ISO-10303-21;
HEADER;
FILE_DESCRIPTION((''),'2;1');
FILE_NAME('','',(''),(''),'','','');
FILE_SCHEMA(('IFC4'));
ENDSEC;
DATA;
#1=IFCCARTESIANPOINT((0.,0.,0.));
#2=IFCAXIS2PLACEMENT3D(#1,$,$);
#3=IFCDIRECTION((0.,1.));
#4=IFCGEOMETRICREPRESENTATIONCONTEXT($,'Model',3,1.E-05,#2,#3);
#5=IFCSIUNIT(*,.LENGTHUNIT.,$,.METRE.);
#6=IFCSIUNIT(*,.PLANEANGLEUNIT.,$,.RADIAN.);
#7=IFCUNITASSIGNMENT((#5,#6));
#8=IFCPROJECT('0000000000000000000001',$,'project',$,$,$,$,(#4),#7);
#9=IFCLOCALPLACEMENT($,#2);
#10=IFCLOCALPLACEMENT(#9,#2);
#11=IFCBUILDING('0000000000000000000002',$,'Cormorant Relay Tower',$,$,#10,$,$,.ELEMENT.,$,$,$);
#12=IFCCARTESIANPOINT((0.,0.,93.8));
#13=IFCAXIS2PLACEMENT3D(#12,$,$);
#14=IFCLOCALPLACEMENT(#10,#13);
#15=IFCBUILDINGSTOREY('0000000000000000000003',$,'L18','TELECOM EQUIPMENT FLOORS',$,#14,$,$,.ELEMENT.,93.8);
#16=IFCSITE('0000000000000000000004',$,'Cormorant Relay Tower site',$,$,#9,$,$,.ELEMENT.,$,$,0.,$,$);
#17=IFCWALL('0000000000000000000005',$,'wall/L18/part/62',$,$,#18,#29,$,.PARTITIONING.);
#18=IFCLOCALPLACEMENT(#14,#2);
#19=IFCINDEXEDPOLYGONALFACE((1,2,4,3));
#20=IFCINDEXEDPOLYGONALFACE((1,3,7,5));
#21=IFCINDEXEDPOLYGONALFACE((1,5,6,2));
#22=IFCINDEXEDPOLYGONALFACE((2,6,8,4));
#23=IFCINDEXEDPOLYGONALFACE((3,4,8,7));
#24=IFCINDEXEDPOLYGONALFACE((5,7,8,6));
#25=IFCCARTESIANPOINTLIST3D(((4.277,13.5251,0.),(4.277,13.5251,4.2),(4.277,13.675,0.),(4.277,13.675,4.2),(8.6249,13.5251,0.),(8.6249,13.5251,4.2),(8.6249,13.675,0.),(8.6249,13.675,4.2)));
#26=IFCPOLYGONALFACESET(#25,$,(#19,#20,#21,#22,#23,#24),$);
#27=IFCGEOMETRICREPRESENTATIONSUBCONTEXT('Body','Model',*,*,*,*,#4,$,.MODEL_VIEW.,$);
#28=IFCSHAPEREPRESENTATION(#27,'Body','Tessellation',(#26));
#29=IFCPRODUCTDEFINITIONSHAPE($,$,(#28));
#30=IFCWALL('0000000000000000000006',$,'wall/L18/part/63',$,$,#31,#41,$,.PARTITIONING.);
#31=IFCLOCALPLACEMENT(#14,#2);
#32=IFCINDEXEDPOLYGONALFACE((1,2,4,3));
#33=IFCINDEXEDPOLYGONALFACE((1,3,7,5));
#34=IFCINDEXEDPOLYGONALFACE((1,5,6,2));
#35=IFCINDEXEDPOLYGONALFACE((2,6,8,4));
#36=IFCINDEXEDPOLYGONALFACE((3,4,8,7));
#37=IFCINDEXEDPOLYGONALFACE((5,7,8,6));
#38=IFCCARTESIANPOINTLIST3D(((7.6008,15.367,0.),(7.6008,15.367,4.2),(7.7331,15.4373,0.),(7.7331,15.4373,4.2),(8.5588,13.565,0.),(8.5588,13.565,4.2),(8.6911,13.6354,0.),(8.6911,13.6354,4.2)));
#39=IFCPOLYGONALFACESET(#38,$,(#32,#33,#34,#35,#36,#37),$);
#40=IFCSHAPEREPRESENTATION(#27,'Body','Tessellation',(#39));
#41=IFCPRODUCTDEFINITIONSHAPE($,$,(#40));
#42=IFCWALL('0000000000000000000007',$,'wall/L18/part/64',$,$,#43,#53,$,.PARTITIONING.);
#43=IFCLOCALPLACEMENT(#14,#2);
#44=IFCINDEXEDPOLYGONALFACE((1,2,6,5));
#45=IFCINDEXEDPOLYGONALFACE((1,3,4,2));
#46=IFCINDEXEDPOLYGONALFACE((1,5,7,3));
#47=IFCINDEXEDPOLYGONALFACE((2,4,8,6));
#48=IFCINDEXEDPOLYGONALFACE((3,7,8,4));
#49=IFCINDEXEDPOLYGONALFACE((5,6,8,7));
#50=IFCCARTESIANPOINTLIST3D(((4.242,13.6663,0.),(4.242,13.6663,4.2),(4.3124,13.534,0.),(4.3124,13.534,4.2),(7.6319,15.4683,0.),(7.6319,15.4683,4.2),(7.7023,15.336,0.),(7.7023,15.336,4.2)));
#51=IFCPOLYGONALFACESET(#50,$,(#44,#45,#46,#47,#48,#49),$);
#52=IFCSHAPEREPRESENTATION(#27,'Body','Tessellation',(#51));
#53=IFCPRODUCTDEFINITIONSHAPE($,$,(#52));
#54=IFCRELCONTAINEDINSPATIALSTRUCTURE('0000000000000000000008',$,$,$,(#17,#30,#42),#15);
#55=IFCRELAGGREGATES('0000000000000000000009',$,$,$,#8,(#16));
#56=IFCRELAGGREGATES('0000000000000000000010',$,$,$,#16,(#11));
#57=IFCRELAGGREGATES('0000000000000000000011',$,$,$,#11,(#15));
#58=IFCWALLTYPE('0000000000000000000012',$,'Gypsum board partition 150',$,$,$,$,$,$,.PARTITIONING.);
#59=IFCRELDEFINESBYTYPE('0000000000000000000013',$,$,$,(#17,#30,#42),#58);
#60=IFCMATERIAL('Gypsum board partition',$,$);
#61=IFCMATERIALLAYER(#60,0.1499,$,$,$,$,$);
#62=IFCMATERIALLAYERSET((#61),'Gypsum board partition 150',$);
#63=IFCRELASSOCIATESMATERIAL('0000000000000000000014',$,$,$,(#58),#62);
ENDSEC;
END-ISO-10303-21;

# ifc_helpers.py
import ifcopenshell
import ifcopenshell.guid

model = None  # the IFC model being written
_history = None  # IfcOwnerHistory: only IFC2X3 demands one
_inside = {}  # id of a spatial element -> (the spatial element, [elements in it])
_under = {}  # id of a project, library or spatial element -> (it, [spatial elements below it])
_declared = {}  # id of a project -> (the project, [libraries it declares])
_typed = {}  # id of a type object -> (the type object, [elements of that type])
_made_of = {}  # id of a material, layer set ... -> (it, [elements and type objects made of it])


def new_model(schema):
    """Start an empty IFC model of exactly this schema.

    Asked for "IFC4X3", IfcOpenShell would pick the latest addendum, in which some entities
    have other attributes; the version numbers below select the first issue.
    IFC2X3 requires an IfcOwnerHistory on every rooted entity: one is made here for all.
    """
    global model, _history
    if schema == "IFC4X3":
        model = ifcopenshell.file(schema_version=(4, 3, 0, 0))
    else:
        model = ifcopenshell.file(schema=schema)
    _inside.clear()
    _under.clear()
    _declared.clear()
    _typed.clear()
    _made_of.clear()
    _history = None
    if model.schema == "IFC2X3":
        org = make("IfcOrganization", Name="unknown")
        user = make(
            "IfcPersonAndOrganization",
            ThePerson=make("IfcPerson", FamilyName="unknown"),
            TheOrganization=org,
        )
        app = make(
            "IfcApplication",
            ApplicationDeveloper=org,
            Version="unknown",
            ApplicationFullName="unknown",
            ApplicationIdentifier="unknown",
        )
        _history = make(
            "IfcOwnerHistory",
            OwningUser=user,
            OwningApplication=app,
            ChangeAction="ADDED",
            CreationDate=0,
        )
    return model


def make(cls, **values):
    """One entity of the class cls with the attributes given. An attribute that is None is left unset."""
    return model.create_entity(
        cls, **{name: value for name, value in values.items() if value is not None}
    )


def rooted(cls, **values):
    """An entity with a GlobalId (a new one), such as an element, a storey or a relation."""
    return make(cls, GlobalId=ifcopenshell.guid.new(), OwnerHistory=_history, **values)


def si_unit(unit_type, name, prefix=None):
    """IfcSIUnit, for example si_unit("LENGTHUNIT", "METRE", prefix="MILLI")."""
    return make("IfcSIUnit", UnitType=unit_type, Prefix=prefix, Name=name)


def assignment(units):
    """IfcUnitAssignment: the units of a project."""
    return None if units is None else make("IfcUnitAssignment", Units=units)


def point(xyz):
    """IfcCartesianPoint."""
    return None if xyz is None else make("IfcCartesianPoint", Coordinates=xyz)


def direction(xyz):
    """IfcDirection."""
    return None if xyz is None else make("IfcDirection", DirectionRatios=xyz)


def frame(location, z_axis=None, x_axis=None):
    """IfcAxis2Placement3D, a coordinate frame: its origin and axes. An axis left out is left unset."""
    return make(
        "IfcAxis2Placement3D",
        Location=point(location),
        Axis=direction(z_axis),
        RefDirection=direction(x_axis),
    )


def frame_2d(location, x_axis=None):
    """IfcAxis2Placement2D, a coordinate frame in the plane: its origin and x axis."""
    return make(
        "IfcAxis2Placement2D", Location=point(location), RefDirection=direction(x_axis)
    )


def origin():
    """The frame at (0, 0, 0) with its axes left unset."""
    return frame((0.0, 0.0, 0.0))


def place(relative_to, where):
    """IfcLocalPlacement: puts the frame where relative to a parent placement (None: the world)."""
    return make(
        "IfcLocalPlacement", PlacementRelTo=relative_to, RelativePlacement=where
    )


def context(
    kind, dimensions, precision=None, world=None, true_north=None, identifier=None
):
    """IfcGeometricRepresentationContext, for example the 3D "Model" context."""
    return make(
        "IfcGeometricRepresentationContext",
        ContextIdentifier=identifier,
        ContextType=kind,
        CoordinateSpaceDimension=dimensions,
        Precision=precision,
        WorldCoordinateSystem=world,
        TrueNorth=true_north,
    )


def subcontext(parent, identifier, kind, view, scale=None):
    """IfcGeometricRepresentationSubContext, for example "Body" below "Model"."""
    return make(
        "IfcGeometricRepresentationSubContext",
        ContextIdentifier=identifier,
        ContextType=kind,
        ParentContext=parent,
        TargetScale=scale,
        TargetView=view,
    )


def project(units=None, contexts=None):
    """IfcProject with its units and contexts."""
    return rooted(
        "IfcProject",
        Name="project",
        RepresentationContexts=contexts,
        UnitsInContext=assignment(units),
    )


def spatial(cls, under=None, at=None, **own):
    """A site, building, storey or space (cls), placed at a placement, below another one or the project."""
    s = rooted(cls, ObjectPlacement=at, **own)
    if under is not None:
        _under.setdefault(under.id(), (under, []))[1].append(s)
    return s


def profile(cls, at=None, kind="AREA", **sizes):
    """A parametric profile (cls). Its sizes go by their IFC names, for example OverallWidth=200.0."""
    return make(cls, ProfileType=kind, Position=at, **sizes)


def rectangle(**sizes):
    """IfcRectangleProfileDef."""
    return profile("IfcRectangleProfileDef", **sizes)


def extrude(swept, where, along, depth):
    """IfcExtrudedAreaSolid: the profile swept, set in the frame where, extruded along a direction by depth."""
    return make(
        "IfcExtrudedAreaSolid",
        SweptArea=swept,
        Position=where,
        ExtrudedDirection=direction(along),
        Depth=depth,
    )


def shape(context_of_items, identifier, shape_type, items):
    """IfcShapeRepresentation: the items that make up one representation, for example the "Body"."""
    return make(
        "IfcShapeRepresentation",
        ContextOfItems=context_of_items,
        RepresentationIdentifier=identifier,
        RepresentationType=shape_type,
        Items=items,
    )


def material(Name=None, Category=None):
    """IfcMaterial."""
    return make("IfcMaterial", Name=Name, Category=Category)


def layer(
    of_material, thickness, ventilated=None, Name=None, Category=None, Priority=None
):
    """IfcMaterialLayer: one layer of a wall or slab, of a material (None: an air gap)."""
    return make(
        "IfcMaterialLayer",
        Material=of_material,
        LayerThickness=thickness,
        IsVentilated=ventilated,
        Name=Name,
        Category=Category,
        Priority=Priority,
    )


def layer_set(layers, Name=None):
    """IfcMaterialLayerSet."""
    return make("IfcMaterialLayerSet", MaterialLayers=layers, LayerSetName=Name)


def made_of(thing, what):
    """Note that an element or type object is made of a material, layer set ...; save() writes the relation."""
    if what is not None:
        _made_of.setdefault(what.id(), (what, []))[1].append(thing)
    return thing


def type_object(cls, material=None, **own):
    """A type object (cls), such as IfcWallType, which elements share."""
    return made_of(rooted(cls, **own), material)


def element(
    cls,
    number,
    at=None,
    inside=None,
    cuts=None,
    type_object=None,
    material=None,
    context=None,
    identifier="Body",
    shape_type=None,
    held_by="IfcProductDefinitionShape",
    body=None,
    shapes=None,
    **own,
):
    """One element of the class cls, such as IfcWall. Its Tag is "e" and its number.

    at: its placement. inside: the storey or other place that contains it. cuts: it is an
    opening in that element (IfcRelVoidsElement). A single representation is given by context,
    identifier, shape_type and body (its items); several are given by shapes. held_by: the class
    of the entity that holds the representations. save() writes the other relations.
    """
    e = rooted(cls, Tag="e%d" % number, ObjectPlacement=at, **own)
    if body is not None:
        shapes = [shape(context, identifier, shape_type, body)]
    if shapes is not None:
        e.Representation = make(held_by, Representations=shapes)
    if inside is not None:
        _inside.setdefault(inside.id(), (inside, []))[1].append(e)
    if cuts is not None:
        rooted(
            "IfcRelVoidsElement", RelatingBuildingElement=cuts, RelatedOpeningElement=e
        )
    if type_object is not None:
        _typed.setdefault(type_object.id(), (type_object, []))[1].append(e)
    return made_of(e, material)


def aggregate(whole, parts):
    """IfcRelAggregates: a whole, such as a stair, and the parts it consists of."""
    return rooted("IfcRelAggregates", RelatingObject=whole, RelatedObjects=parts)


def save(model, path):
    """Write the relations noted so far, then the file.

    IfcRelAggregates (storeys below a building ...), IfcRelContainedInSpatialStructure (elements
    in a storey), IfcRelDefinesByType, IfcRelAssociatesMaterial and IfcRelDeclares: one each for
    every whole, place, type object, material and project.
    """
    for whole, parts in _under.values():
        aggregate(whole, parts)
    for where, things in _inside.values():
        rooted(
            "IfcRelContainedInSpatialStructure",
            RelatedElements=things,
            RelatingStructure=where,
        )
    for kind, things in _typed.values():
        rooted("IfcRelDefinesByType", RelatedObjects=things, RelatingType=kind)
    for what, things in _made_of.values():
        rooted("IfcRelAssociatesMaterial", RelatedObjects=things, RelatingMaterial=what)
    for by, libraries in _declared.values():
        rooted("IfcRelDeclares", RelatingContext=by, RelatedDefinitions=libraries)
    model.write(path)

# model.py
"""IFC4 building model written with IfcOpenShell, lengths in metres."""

from ifc_helpers import new_model, si_unit, direction, frame, frame_2d, origin, place, context, subcontext, project, spatial, rectangle, extrude, material, layer, layer_set, type_object, element, save


model = new_model("IFC4")

# Units and contexts
model_context = context("Model", 3, precision=1e-05, world=origin(), true_north=direction((0.0, 1.0)))
body_context = subcontext(model_context, "Body", "Model", "MODEL_VIEW")
ifc_project = project(units=[si_unit("LENGTHUNIT", "METRE"), si_unit("PLANEANGLEUNIT", "RADIAN")], contexts=[model_context])

# Site, building, storey
site_placement = place(None, origin())
site = spatial("IfcSite", under=ifc_project, at=site_placement, Name="Cormorant Relay Tower site", CompositionType="ELEMENT", RefElevation=0.0)
building_placement = place(site_placement, origin())
building = spatial("IfcBuilding", under=site, at=building_placement, Name="Cormorant Relay Tower", CompositionType="ELEMENT")
storey_placement = place(building_placement, frame((0.0, 0.0, 93.8)))
storey = spatial("IfcBuildingStorey", under=building, at=storey_placement, Name="L18", Description="TELECOM EQUIPMENT FLOORS", CompositionType="ELEMENT", Elevation=93.8)

# Walls
ifc_material_1 = material(Name="Gypsum board partition")
ifc_layer_1 = layer(ifc_material_1, 0.1499)
ifc_layer_set_1 = layer_set([ifc_layer_1], Name="Gypsum board partition 150")
wall_type_1 = type_object("IfcWallType", Name="Gypsum board partition 150", PredefinedType="PARTITIONING", material=ifc_layer_set_1)
wall_1_placement = place(storey_placement, frame((4.2771, 13.6001, 0.0), z_axis=(0.0, 0.0, 1.0), x_axis=(1.0, 0.0, 0.0)))
element("IfcWall", 1, at=wall_1_placement, inside=storey, type_object=wall_type_1, Name="wall/L18/part/62", PredefinedType="PARTITIONING", context=body_context, shape_type="SweptSolid", body=[
    extrude(rectangle(XDim=4.3479, YDim=0.1499, at=frame_2d((2.1738, 0.0))), origin(), (0.0, 0.0, 1.0), 4.2),
])
wall_2_placement = place(storey_placement, frame((8.625, 13.6001, 0.0), z_axis=(0.0, 0.0, 1.0), x_axis=(-0.469421, 0.882975, 0.0)))
element("IfcWall", 2, at=wall_2_placement, inside=storey, type_object=wall_type_1, Name="wall/L18/part/63", PredefinedType="PARTITIONING", context=body_context, shape_type="SweptSolid", body=[
    extrude(rectangle(XDim=2.0408, YDim=0.1499, at=frame_2d((1.0205, 0.0))), origin(), (0.0, 0.0, 1.0), 4.2),
])
wall_3_placement = place(storey_placement, frame((7.667, 15.4021, 0.0), z_axis=(0.0, 0.0, 1.0), x_axis=(-0.882995, -0.469383, 0.0)))
element("IfcWall", 3, at=wall_3_placement, inside=storey, type_object=wall_type_1, Name="wall/L18/part/64", PredefinedType="PARTITIONING", context=body_context, shape_type="SweptSolid", body=[
    extrude(rectangle(XDim=3.8391, YDim=0.1499, at=frame_2d((1.9194, 0.0))), origin(), (0.0, 0.0, 1.0), 4.2),
])

save(model, "model.ifc")
